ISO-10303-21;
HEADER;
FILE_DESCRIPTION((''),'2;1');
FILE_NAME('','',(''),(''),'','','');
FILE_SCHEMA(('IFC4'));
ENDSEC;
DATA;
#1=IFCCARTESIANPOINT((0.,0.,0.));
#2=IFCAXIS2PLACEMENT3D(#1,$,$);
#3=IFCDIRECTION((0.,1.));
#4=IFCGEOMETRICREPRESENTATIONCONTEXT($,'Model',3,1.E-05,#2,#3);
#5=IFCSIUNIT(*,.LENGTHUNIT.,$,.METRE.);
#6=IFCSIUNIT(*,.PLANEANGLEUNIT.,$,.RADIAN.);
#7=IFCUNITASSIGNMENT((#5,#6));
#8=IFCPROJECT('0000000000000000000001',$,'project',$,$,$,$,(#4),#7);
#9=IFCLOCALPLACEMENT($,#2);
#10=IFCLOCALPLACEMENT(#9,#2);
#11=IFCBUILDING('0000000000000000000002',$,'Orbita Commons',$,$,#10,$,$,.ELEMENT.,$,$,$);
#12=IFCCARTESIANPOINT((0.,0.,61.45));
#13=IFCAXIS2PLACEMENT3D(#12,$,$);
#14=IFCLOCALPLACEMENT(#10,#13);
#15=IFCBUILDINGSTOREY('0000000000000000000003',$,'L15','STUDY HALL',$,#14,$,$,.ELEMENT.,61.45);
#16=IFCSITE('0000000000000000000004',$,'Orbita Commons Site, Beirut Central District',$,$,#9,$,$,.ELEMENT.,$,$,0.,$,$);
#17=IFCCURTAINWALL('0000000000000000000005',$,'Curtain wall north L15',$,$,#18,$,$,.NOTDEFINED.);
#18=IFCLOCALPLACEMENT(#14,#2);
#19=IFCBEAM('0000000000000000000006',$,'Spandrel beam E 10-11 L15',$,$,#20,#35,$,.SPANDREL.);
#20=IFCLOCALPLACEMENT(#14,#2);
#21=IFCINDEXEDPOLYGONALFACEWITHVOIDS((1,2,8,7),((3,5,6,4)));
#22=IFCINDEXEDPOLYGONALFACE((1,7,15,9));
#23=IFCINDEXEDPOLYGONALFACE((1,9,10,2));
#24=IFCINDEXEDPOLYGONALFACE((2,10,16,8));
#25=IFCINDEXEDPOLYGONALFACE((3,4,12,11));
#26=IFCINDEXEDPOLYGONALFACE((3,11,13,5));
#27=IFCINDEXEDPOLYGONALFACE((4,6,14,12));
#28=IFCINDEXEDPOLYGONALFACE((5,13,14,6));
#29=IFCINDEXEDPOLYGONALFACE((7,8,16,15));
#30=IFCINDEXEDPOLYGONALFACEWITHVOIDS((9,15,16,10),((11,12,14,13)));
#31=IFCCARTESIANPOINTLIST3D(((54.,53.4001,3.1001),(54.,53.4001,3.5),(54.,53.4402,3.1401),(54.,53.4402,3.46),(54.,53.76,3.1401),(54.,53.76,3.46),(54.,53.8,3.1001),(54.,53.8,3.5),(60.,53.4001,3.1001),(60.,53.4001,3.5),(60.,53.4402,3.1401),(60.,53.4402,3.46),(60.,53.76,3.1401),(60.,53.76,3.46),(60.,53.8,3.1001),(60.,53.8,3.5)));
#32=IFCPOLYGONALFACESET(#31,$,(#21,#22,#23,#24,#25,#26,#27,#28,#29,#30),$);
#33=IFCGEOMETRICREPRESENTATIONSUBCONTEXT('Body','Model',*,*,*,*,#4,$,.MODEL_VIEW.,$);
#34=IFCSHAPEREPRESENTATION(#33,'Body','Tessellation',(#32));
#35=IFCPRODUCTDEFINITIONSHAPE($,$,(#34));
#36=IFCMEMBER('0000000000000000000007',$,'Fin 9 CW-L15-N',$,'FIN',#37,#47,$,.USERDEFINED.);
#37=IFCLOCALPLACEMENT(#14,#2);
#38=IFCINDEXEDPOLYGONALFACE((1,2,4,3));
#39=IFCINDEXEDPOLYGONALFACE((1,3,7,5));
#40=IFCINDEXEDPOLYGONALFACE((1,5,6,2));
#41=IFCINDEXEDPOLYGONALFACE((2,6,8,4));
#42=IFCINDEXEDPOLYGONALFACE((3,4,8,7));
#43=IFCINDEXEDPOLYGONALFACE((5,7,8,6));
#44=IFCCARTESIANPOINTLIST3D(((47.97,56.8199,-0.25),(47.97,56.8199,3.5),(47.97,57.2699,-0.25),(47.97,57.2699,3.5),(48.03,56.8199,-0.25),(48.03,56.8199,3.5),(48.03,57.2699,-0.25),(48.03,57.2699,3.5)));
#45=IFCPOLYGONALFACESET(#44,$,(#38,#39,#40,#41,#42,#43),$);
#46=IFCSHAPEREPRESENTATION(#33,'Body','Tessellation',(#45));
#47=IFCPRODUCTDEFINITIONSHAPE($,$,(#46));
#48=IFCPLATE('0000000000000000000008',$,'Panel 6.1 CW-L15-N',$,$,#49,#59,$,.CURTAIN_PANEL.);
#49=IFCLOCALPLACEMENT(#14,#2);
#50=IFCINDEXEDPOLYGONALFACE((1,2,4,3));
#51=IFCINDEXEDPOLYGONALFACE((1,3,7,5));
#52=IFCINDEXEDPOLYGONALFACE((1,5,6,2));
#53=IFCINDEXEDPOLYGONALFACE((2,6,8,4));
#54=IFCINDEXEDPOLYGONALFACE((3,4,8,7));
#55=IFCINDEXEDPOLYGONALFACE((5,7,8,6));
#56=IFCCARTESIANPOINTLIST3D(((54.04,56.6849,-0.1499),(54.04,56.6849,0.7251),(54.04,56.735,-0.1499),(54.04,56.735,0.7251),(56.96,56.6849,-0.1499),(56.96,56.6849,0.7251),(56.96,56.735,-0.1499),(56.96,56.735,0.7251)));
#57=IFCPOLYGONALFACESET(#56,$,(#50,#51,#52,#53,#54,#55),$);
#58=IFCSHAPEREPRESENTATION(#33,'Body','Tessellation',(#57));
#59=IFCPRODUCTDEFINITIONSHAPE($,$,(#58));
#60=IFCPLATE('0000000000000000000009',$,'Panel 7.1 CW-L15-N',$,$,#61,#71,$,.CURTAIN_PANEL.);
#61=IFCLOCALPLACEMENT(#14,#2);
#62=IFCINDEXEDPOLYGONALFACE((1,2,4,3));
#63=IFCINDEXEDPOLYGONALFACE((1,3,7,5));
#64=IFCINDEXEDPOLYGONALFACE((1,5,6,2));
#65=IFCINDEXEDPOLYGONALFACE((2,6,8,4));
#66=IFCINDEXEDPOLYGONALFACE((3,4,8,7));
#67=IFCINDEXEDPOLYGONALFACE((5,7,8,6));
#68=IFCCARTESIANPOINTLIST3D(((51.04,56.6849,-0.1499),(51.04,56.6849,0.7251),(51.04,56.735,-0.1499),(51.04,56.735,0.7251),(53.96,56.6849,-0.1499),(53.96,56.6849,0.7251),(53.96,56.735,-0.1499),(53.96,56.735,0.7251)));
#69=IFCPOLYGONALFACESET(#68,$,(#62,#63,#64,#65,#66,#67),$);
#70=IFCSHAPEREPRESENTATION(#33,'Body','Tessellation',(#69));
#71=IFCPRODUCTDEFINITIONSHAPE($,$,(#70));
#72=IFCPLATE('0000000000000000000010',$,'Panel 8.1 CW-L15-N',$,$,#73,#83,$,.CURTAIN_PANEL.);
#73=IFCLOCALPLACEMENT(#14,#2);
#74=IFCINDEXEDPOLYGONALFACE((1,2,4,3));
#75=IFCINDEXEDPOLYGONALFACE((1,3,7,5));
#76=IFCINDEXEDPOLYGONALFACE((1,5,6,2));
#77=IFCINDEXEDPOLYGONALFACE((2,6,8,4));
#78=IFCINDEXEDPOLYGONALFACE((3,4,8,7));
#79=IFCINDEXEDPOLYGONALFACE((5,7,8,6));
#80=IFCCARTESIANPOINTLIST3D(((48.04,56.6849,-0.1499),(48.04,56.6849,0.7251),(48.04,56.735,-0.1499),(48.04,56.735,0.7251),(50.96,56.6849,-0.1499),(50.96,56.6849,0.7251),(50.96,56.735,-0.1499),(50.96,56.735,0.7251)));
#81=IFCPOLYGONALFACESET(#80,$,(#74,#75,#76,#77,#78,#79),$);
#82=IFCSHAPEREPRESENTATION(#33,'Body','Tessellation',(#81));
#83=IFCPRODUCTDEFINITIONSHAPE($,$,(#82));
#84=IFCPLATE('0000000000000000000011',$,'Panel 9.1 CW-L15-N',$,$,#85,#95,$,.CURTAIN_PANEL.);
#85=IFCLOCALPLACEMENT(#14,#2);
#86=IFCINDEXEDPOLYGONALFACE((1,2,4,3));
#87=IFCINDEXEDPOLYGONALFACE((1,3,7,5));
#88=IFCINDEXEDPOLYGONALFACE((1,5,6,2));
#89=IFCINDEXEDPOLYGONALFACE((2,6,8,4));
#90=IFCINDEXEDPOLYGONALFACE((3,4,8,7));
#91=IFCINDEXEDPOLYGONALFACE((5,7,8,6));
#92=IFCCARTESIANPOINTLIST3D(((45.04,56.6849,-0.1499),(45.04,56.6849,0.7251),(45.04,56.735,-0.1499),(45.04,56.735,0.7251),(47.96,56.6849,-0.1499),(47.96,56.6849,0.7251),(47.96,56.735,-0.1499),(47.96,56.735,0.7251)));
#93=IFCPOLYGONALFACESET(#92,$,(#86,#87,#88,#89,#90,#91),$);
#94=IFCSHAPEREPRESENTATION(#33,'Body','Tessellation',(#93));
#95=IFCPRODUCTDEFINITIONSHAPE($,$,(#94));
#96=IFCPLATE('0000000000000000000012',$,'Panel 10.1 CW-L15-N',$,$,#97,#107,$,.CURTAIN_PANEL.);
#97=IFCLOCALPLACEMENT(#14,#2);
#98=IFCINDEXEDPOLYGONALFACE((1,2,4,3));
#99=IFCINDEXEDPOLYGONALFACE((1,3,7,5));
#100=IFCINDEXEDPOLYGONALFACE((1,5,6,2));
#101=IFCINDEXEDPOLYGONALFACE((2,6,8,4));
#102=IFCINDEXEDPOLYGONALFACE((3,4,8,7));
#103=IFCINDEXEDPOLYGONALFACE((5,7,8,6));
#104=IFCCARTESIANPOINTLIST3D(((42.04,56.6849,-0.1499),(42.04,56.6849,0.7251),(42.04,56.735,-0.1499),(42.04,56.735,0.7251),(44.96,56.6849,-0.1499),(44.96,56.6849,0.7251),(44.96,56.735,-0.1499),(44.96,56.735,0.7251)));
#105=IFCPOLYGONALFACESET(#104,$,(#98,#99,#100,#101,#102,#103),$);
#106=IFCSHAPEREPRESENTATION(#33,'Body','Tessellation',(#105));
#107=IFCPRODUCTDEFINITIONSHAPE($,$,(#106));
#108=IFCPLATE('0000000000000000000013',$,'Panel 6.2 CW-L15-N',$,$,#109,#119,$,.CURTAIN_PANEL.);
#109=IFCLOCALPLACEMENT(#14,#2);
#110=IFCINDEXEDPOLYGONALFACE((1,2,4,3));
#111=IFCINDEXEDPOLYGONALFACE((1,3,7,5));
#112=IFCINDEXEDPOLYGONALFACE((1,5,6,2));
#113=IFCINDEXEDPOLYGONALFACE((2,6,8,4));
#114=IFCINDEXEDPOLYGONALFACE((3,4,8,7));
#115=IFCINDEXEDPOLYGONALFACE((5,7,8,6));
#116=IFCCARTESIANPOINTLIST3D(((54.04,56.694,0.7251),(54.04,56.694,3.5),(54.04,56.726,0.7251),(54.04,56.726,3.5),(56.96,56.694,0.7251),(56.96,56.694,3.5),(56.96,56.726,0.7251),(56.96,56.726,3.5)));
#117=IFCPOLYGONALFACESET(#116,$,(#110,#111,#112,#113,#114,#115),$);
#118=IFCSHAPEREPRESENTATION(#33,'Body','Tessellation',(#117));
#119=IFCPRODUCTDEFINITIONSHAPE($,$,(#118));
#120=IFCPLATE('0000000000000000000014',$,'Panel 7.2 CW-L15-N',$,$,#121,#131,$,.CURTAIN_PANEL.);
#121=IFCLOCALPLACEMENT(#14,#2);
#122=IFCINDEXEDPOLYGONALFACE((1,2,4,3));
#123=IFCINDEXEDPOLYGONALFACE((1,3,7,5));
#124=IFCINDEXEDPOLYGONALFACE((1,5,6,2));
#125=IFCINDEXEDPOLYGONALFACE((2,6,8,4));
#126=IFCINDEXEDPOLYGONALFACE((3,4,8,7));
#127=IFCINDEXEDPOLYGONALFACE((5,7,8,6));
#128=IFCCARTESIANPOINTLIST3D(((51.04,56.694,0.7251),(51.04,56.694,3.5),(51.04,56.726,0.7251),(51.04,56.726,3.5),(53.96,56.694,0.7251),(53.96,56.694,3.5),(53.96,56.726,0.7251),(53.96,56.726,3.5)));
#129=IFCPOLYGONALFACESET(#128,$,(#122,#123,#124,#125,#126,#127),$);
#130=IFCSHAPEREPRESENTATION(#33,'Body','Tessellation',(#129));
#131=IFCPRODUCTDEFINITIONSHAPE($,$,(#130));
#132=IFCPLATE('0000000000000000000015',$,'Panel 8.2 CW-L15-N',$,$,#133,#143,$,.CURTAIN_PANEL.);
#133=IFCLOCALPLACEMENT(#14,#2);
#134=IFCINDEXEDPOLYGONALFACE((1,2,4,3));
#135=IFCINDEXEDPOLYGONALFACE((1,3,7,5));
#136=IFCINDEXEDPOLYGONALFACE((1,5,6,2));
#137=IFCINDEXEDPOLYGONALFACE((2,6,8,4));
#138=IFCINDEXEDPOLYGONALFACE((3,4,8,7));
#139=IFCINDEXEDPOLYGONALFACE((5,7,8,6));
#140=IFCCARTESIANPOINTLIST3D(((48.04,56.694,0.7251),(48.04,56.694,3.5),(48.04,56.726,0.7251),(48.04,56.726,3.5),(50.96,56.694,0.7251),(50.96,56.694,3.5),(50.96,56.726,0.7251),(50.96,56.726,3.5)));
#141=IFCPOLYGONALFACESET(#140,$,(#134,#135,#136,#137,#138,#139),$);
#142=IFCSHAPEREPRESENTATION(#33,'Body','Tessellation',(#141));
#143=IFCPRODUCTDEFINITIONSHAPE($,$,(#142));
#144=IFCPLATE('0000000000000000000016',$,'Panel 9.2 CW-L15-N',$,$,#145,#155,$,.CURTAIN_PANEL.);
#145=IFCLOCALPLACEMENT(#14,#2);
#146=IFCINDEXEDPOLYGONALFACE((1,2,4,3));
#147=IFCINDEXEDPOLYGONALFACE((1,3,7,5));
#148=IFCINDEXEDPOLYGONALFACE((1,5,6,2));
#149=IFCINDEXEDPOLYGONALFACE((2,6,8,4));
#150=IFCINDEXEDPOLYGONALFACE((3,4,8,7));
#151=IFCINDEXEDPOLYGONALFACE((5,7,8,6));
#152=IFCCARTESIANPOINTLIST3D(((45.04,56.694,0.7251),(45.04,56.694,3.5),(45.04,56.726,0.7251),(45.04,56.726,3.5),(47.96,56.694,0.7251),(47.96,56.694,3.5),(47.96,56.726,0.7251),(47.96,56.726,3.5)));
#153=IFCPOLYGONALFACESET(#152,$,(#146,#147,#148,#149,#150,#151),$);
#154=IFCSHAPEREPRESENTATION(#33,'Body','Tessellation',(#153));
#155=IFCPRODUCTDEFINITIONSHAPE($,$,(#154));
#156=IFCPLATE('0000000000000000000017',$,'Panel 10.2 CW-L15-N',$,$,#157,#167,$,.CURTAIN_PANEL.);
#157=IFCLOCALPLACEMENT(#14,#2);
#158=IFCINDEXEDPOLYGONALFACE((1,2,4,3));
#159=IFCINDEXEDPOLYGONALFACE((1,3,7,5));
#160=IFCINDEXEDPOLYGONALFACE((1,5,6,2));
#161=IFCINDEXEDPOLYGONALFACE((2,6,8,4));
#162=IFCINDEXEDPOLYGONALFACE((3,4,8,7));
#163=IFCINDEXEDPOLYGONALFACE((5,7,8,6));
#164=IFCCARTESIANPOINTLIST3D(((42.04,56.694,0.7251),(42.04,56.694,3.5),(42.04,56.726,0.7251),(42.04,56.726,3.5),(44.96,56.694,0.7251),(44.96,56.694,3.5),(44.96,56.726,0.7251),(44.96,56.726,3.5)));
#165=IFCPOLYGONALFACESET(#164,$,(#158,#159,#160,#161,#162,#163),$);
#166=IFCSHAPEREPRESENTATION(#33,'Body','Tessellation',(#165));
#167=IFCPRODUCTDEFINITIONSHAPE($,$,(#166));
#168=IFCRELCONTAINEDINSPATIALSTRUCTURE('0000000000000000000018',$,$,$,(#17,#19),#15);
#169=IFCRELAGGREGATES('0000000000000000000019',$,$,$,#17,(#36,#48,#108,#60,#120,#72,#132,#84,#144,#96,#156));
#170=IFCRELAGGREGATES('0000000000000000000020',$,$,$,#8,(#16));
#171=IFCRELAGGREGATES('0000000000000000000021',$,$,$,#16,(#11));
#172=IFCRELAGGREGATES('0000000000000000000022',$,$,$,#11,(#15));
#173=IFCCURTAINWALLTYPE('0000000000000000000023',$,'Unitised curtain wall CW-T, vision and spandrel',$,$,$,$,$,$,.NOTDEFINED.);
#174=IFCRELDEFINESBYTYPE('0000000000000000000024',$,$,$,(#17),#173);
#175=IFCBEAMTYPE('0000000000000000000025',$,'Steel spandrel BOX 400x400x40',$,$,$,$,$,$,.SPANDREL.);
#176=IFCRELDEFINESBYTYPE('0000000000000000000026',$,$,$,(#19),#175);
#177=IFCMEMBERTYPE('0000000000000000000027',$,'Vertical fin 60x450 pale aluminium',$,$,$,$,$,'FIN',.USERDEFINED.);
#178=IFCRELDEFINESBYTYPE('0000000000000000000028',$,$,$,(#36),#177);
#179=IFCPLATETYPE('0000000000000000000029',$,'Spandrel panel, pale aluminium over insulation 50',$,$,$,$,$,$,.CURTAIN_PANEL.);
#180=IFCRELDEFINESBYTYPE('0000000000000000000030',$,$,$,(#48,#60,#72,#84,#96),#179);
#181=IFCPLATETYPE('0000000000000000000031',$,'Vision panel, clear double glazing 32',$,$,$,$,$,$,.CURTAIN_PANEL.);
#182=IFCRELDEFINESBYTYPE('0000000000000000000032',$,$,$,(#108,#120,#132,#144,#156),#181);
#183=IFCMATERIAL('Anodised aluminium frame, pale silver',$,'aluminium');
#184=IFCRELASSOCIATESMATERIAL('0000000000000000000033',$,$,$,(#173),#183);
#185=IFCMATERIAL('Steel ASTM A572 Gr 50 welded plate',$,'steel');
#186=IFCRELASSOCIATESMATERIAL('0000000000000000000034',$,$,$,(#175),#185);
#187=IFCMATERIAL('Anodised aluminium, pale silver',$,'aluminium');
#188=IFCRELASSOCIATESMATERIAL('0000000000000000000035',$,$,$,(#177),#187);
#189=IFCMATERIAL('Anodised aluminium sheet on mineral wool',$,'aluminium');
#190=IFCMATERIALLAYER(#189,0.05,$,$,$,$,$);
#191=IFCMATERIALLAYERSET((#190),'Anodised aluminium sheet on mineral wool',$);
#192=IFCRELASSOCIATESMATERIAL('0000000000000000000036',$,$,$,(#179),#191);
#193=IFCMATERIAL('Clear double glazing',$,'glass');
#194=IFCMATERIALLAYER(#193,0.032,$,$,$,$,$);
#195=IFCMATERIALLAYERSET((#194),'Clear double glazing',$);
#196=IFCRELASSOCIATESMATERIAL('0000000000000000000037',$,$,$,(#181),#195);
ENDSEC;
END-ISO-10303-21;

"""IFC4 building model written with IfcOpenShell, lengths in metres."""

from ifc_helpers import new_model, si_unit, direction, frame, origin, origin_2d, place, context, subcontext, project, spatial, rectangle, hollow_rectangle, extrude, material, layer, layer_set, material_profile, profile_set, type_object, element, aggregate, save


model = new_model("IFC4")

# Units and contexts
model_context = context("Model", 3, precision=1e-05, world=origin(), true_north=direction((0.0, 1.0)))
body_context = subcontext(model_context, "Body", "Model", "MODEL_VIEW")
ifc_project = project(units=[si_unit("LENGTHUNIT", "METRE"), si_unit("PLANEANGLEUNIT", "RADIAN")], contexts=[model_context])

# Site, building, storey
site_placement = place(None, origin())
site = spatial("IfcSite", under=ifc_project, at=site_placement, Name="Orbita Commons Site, Beirut Central District", CompositionType="ELEMENT", RefElevation=0.0)
building_placement = place(site_placement, origin())
building = spatial("IfcBuilding", under=site, at=building_placement, Name="Orbita Commons", CompositionType="ELEMENT")
storey_placement = place(building_placement, frame((0.0, 0.0, 61.45)))
storey = spatial("IfcBuildingStorey", under=building, at=storey_placement, Name="L15", Description="STUDY HALL", CompositionType="ELEMENT", Elevation=61.45)

# Curtain wall
ifc_material_1 = material(Name="Anodised aluminium frame, pale silver", Category="aluminium")
curtain_wall_type = type_object("IfcCurtainWallType", Name="Unitised curtain wall CW-T, vision and spandrel", PredefinedType="NOTDEFINED", material=ifc_material_1)
curtain_wall_placement = place(storey_placement, origin())
curtain_wall = element("IfcCurtainWall", 1, at=curtain_wall_placement, inside=storey, type_object=curtain_wall_type, Name="Curtain wall north L15", PredefinedType="NOTDEFINED")

# Beam
ifc_material_2 = material(Name="Steel ASTM A572 Gr 50 welded plate", Category="steel")
ifc_material_profile_1 = material_profile(ifc_material_2, hollow_rectangle(XDim=0.3999, YDim=0.3999, WallThickness=0.04, at=origin_2d()), Name="BOX 400x400x40")
ifc_profile_set_1 = profile_set([ifc_material_profile_1], Name="Steel ASTM A572 Gr 50 welded plate")
beam_type = type_object("IfcBeamType", Name="Steel spandrel BOX 400x400x40", PredefinedType="SPANDREL", material=ifc_profile_set_1)
for number, where, z_axis, x_axis, name in (
    (2, (54.0, 53.6001, 3.3), (1.0, 0.0, 0.0), (0.0, 1.0, 0.0), "Spandrel beam E 10-11 L15"),
):
    element("IfcBeam", number, at=place(storey_placement, frame(where, z_axis=z_axis, x_axis=x_axis)), inside=storey, type_object=beam_type, Name=name, PredefinedType="SPANDREL", context=body_context, shape_type="SweptSolid", body=[
        extrude(hollow_rectangle(XDim=0.3999, YDim=0.3999, WallThickness=0.04, at=origin_2d()), origin(), (0.0, 0.0, 1.0), 6.0),
    ])

# Member
ifc_material_3 = material(Name="Anodised aluminium, pale silver", Category="aluminium")
ifc_material_profile_2 = material_profile(ifc_material_3, rectangle(XDim=0.0601, YDim=0.45, at=origin_2d()), Name="FIN 60x450")
ifc_profile_set_2 = profile_set([ifc_material_profile_2], Name="Anodised aluminium, pale silver")
member_type_1 = type_object("IfcMemberType", Name="Vertical fin 60x450 pale aluminium", ElementType="FIN", PredefinedType="USERDEFINED", material=ifc_profile_set_2)
member_1_placement = place(storey_placement, frame((48.0, 57.0449, -0.25), z_axis=(0.0, 0.0, 1.0), x_axis=(-1.0, 0.0, 0.0)))
member_1 = element("IfcMember", 3, at=member_1_placement, type_object=member_type_1, Name="Fin 9 CW-L15-N", ObjectType="FIN", PredefinedType="USERDEFINED", context=body_context, shape_type="SweptSolid", body=[
    extrude(rectangle(XDim=0.0601, YDim=0.45, at=origin_2d()), origin(), (0.0, 0.0, 1.0), 3.75),
])

# Plates
ifc_material_4 = material(Name="Anodised aluminium sheet on mineral wool", Category="aluminium")
ifc_layer_1 = layer(ifc_material_4, 0.05)
ifc_layer_set_1 = layer_set([ifc_layer_1], Name="Anodised aluminium sheet on mineral wool")
plate_type_1 = type_object("IfcPlateType", Name="Spandrel panel, pale aluminium over insulation 50", PredefinedType="CURTAIN_PANEL", material=ifc_layer_set_1)
plate_1_placement = place(storey_placement, frame((55.5, 56.71, -0.1499), z_axis=(0.0, 0.0, 1.0), x_axis=(-1.0, 0.0, 0.0)))
plate_1 = element("IfcPlate", 4, at=plate_1_placement, type_object=plate_type_1, Name="Panel 6.1 CW-L15-N", PredefinedType="CURTAIN_PANEL", context=body_context, shape_type="SweptSolid", body=[
    extrude(rectangle(XDim=2.9199, YDim=0.05, at=origin_2d()), origin(), (0.0, 0.0, 1.0), 0.875),
])
plate_2_placement = place(storey_placement, frame((52.5, 56.71, -0.1499), z_axis=(0.0, 0.0, 1.0), x_axis=(-1.0, 0.0, 0.0)))
plate_2 = element("IfcPlate", 5, at=plate_2_placement, type_object=plate_type_1, Name="Panel 7.1 CW-L15-N", PredefinedType="CURTAIN_PANEL", context=body_context, shape_type="SweptSolid", body=[
    extrude(rectangle(XDim=2.9199, YDim=0.05, at=origin_2d()), origin(), (0.0, 0.0, 1.0), 0.875),
])
plate_3_placement = place(storey_placement, frame((49.5, 56.71, -0.1499), z_axis=(0.0, 0.0, 1.0), x_axis=(-1.0, 0.0, 0.0)))
plate_3 = element("IfcPlate", 6, at=plate_3_placement, type_object=plate_type_1, Name="Panel 8.1 CW-L15-N", PredefinedType="CURTAIN_PANEL", context=body_context, shape_type="SweptSolid", body=[
    extrude(rectangle(XDim=2.9199, YDim=0.05, at=origin_2d()), origin(), (0.0, 0.0, 1.0), 0.875),
])
plate_4_placement = place(storey_placement, frame((46.5, 56.71, -0.1499), z_axis=(0.0, 0.0, 1.0), x_axis=(-1.0, 0.0, 0.0)))
plate_4 = element("IfcPlate", 7, at=plate_4_placement, type_object=plate_type_1, Name="Panel 9.1 CW-L15-N", PredefinedType="CURTAIN_PANEL", context=body_context, shape_type="SweptSolid", body=[
    extrude(rectangle(XDim=2.9199, YDim=0.05, at=origin_2d()), origin(), (0.0, 0.0, 1.0), 0.875),
])
plate_5_placement = place(storey_placement, frame((43.5, 56.71, -0.1499), z_axis=(0.0, 0.0, 1.0), x_axis=(-1.0, 0.0, 0.0)))
plate_5 = element("IfcPlate", 8, at=plate_5_placement, type_object=plate_type_1, Name="Panel 10.1 CW-L15-N", PredefinedType="CURTAIN_PANEL", context=body_context, shape_type="SweptSolid", body=[
    extrude(rectangle(XDim=2.9199, YDim=0.05, at=origin_2d()), origin(), (0.0, 0.0, 1.0), 0.875),
])
ifc_material_5 = material(Name="Clear double glazing", Category="glass")
ifc_layer_2 = layer(ifc_material_5, 0.032)
ifc_layer_set_2 = layer_set([ifc_layer_2], Name="Clear double glazing")
plate_type_2 = type_object("IfcPlateType", Name="Vision panel, clear double glazing 32", PredefinedType="CURTAIN_PANEL", material=ifc_layer_set_2)
plate_6_placement = place(storey_placement, frame((55.5, 56.71, 0.7251), z_axis=(0.0, 0.0, 1.0), x_axis=(-1.0, 0.0, 0.0)))
plate_6 = element("IfcPlate", 9, at=plate_6_placement, type_object=plate_type_2, Name="Panel 6.2 CW-L15-N", PredefinedType="CURTAIN_PANEL", context=body_context, shape_type="SweptSolid", body=[
    extrude(rectangle(XDim=2.9199, YDim=0.032, at=origin_2d()), origin(), (0.0, 0.0, 1.0), 2.7749),
])
plate_7_placement = place(storey_placement, frame((52.5, 56.71, 0.7251), z_axis=(0.0, 0.0, 1.0), x_axis=(-1.0, 0.0, 0.0)))
plate_7 = element("IfcPlate", 10, at=plate_7_placement, type_object=plate_type_2, Name="Panel 7.2 CW-L15-N", PredefinedType="CURTAIN_PANEL", context=body_context, shape_type="SweptSolid", body=[
    extrude(rectangle(XDim=2.9199, YDim=0.032, at=origin_2d()), origin(), (0.0, 0.0, 1.0), 2.7749),
])
plate_8_placement = place(storey_placement, frame((49.5, 56.71, 0.7251), z_axis=(0.0, 0.0, 1.0), x_axis=(-1.0, 0.0, 0.0)))
plate_8 = element("IfcPlate", 11, at=plate_8_placement, type_object=plate_type_2, Name="Panel 8.2 CW-L15-N", PredefinedType="CURTAIN_PANEL", context=body_context, shape_type="SweptSolid", body=[
    extrude(rectangle(XDim=2.9199, YDim=0.032, at=origin_2d()), origin(), (0.0, 0.0, 1.0), 2.7749),
])
plate_9_placement = place(storey_placement, frame((46.5, 56.71, 0.7251), z_axis=(0.0, 0.0, 1.0), x_axis=(-1.0, 0.0, 0.0)))
plate_9 = element("IfcPlate", 12, at=plate_9_placement, type_object=plate_type_2, Name="Panel 9.2 CW-L15-N", PredefinedType="CURTAIN_PANEL", context=body_context, shape_type="SweptSolid", body=[
    extrude(rectangle(XDim=2.9199, YDim=0.032, at=origin_2d()), origin(), (0.0, 0.0, 1.0), 2.7749),
])
plate_10_placement = place(storey_placement, frame((43.5, 56.71, 0.7251), z_axis=(0.0, 0.0, 1.0), x_axis=(-1.0, 0.0, 0.0)))
plate_10 = element("IfcPlate", 13, at=plate_10_placement, type_object=plate_type_2, Name="Panel 10.2 CW-L15-N", PredefinedType="CURTAIN_PANEL", context=body_context, shape_type="SweptSolid", body=[
    extrude(rectangle(XDim=2.9199, YDim=0.032, at=origin_2d()), origin(), (0.0, 0.0, 1.0), 2.7749),
])
aggregate(curtain_wall, [member_1, plate_1, plate_6, plate_2, plate_7, plate_3, plate_8, plate_4, plate_9, plate_5, plate_10])

save(model, "model.ifc")
